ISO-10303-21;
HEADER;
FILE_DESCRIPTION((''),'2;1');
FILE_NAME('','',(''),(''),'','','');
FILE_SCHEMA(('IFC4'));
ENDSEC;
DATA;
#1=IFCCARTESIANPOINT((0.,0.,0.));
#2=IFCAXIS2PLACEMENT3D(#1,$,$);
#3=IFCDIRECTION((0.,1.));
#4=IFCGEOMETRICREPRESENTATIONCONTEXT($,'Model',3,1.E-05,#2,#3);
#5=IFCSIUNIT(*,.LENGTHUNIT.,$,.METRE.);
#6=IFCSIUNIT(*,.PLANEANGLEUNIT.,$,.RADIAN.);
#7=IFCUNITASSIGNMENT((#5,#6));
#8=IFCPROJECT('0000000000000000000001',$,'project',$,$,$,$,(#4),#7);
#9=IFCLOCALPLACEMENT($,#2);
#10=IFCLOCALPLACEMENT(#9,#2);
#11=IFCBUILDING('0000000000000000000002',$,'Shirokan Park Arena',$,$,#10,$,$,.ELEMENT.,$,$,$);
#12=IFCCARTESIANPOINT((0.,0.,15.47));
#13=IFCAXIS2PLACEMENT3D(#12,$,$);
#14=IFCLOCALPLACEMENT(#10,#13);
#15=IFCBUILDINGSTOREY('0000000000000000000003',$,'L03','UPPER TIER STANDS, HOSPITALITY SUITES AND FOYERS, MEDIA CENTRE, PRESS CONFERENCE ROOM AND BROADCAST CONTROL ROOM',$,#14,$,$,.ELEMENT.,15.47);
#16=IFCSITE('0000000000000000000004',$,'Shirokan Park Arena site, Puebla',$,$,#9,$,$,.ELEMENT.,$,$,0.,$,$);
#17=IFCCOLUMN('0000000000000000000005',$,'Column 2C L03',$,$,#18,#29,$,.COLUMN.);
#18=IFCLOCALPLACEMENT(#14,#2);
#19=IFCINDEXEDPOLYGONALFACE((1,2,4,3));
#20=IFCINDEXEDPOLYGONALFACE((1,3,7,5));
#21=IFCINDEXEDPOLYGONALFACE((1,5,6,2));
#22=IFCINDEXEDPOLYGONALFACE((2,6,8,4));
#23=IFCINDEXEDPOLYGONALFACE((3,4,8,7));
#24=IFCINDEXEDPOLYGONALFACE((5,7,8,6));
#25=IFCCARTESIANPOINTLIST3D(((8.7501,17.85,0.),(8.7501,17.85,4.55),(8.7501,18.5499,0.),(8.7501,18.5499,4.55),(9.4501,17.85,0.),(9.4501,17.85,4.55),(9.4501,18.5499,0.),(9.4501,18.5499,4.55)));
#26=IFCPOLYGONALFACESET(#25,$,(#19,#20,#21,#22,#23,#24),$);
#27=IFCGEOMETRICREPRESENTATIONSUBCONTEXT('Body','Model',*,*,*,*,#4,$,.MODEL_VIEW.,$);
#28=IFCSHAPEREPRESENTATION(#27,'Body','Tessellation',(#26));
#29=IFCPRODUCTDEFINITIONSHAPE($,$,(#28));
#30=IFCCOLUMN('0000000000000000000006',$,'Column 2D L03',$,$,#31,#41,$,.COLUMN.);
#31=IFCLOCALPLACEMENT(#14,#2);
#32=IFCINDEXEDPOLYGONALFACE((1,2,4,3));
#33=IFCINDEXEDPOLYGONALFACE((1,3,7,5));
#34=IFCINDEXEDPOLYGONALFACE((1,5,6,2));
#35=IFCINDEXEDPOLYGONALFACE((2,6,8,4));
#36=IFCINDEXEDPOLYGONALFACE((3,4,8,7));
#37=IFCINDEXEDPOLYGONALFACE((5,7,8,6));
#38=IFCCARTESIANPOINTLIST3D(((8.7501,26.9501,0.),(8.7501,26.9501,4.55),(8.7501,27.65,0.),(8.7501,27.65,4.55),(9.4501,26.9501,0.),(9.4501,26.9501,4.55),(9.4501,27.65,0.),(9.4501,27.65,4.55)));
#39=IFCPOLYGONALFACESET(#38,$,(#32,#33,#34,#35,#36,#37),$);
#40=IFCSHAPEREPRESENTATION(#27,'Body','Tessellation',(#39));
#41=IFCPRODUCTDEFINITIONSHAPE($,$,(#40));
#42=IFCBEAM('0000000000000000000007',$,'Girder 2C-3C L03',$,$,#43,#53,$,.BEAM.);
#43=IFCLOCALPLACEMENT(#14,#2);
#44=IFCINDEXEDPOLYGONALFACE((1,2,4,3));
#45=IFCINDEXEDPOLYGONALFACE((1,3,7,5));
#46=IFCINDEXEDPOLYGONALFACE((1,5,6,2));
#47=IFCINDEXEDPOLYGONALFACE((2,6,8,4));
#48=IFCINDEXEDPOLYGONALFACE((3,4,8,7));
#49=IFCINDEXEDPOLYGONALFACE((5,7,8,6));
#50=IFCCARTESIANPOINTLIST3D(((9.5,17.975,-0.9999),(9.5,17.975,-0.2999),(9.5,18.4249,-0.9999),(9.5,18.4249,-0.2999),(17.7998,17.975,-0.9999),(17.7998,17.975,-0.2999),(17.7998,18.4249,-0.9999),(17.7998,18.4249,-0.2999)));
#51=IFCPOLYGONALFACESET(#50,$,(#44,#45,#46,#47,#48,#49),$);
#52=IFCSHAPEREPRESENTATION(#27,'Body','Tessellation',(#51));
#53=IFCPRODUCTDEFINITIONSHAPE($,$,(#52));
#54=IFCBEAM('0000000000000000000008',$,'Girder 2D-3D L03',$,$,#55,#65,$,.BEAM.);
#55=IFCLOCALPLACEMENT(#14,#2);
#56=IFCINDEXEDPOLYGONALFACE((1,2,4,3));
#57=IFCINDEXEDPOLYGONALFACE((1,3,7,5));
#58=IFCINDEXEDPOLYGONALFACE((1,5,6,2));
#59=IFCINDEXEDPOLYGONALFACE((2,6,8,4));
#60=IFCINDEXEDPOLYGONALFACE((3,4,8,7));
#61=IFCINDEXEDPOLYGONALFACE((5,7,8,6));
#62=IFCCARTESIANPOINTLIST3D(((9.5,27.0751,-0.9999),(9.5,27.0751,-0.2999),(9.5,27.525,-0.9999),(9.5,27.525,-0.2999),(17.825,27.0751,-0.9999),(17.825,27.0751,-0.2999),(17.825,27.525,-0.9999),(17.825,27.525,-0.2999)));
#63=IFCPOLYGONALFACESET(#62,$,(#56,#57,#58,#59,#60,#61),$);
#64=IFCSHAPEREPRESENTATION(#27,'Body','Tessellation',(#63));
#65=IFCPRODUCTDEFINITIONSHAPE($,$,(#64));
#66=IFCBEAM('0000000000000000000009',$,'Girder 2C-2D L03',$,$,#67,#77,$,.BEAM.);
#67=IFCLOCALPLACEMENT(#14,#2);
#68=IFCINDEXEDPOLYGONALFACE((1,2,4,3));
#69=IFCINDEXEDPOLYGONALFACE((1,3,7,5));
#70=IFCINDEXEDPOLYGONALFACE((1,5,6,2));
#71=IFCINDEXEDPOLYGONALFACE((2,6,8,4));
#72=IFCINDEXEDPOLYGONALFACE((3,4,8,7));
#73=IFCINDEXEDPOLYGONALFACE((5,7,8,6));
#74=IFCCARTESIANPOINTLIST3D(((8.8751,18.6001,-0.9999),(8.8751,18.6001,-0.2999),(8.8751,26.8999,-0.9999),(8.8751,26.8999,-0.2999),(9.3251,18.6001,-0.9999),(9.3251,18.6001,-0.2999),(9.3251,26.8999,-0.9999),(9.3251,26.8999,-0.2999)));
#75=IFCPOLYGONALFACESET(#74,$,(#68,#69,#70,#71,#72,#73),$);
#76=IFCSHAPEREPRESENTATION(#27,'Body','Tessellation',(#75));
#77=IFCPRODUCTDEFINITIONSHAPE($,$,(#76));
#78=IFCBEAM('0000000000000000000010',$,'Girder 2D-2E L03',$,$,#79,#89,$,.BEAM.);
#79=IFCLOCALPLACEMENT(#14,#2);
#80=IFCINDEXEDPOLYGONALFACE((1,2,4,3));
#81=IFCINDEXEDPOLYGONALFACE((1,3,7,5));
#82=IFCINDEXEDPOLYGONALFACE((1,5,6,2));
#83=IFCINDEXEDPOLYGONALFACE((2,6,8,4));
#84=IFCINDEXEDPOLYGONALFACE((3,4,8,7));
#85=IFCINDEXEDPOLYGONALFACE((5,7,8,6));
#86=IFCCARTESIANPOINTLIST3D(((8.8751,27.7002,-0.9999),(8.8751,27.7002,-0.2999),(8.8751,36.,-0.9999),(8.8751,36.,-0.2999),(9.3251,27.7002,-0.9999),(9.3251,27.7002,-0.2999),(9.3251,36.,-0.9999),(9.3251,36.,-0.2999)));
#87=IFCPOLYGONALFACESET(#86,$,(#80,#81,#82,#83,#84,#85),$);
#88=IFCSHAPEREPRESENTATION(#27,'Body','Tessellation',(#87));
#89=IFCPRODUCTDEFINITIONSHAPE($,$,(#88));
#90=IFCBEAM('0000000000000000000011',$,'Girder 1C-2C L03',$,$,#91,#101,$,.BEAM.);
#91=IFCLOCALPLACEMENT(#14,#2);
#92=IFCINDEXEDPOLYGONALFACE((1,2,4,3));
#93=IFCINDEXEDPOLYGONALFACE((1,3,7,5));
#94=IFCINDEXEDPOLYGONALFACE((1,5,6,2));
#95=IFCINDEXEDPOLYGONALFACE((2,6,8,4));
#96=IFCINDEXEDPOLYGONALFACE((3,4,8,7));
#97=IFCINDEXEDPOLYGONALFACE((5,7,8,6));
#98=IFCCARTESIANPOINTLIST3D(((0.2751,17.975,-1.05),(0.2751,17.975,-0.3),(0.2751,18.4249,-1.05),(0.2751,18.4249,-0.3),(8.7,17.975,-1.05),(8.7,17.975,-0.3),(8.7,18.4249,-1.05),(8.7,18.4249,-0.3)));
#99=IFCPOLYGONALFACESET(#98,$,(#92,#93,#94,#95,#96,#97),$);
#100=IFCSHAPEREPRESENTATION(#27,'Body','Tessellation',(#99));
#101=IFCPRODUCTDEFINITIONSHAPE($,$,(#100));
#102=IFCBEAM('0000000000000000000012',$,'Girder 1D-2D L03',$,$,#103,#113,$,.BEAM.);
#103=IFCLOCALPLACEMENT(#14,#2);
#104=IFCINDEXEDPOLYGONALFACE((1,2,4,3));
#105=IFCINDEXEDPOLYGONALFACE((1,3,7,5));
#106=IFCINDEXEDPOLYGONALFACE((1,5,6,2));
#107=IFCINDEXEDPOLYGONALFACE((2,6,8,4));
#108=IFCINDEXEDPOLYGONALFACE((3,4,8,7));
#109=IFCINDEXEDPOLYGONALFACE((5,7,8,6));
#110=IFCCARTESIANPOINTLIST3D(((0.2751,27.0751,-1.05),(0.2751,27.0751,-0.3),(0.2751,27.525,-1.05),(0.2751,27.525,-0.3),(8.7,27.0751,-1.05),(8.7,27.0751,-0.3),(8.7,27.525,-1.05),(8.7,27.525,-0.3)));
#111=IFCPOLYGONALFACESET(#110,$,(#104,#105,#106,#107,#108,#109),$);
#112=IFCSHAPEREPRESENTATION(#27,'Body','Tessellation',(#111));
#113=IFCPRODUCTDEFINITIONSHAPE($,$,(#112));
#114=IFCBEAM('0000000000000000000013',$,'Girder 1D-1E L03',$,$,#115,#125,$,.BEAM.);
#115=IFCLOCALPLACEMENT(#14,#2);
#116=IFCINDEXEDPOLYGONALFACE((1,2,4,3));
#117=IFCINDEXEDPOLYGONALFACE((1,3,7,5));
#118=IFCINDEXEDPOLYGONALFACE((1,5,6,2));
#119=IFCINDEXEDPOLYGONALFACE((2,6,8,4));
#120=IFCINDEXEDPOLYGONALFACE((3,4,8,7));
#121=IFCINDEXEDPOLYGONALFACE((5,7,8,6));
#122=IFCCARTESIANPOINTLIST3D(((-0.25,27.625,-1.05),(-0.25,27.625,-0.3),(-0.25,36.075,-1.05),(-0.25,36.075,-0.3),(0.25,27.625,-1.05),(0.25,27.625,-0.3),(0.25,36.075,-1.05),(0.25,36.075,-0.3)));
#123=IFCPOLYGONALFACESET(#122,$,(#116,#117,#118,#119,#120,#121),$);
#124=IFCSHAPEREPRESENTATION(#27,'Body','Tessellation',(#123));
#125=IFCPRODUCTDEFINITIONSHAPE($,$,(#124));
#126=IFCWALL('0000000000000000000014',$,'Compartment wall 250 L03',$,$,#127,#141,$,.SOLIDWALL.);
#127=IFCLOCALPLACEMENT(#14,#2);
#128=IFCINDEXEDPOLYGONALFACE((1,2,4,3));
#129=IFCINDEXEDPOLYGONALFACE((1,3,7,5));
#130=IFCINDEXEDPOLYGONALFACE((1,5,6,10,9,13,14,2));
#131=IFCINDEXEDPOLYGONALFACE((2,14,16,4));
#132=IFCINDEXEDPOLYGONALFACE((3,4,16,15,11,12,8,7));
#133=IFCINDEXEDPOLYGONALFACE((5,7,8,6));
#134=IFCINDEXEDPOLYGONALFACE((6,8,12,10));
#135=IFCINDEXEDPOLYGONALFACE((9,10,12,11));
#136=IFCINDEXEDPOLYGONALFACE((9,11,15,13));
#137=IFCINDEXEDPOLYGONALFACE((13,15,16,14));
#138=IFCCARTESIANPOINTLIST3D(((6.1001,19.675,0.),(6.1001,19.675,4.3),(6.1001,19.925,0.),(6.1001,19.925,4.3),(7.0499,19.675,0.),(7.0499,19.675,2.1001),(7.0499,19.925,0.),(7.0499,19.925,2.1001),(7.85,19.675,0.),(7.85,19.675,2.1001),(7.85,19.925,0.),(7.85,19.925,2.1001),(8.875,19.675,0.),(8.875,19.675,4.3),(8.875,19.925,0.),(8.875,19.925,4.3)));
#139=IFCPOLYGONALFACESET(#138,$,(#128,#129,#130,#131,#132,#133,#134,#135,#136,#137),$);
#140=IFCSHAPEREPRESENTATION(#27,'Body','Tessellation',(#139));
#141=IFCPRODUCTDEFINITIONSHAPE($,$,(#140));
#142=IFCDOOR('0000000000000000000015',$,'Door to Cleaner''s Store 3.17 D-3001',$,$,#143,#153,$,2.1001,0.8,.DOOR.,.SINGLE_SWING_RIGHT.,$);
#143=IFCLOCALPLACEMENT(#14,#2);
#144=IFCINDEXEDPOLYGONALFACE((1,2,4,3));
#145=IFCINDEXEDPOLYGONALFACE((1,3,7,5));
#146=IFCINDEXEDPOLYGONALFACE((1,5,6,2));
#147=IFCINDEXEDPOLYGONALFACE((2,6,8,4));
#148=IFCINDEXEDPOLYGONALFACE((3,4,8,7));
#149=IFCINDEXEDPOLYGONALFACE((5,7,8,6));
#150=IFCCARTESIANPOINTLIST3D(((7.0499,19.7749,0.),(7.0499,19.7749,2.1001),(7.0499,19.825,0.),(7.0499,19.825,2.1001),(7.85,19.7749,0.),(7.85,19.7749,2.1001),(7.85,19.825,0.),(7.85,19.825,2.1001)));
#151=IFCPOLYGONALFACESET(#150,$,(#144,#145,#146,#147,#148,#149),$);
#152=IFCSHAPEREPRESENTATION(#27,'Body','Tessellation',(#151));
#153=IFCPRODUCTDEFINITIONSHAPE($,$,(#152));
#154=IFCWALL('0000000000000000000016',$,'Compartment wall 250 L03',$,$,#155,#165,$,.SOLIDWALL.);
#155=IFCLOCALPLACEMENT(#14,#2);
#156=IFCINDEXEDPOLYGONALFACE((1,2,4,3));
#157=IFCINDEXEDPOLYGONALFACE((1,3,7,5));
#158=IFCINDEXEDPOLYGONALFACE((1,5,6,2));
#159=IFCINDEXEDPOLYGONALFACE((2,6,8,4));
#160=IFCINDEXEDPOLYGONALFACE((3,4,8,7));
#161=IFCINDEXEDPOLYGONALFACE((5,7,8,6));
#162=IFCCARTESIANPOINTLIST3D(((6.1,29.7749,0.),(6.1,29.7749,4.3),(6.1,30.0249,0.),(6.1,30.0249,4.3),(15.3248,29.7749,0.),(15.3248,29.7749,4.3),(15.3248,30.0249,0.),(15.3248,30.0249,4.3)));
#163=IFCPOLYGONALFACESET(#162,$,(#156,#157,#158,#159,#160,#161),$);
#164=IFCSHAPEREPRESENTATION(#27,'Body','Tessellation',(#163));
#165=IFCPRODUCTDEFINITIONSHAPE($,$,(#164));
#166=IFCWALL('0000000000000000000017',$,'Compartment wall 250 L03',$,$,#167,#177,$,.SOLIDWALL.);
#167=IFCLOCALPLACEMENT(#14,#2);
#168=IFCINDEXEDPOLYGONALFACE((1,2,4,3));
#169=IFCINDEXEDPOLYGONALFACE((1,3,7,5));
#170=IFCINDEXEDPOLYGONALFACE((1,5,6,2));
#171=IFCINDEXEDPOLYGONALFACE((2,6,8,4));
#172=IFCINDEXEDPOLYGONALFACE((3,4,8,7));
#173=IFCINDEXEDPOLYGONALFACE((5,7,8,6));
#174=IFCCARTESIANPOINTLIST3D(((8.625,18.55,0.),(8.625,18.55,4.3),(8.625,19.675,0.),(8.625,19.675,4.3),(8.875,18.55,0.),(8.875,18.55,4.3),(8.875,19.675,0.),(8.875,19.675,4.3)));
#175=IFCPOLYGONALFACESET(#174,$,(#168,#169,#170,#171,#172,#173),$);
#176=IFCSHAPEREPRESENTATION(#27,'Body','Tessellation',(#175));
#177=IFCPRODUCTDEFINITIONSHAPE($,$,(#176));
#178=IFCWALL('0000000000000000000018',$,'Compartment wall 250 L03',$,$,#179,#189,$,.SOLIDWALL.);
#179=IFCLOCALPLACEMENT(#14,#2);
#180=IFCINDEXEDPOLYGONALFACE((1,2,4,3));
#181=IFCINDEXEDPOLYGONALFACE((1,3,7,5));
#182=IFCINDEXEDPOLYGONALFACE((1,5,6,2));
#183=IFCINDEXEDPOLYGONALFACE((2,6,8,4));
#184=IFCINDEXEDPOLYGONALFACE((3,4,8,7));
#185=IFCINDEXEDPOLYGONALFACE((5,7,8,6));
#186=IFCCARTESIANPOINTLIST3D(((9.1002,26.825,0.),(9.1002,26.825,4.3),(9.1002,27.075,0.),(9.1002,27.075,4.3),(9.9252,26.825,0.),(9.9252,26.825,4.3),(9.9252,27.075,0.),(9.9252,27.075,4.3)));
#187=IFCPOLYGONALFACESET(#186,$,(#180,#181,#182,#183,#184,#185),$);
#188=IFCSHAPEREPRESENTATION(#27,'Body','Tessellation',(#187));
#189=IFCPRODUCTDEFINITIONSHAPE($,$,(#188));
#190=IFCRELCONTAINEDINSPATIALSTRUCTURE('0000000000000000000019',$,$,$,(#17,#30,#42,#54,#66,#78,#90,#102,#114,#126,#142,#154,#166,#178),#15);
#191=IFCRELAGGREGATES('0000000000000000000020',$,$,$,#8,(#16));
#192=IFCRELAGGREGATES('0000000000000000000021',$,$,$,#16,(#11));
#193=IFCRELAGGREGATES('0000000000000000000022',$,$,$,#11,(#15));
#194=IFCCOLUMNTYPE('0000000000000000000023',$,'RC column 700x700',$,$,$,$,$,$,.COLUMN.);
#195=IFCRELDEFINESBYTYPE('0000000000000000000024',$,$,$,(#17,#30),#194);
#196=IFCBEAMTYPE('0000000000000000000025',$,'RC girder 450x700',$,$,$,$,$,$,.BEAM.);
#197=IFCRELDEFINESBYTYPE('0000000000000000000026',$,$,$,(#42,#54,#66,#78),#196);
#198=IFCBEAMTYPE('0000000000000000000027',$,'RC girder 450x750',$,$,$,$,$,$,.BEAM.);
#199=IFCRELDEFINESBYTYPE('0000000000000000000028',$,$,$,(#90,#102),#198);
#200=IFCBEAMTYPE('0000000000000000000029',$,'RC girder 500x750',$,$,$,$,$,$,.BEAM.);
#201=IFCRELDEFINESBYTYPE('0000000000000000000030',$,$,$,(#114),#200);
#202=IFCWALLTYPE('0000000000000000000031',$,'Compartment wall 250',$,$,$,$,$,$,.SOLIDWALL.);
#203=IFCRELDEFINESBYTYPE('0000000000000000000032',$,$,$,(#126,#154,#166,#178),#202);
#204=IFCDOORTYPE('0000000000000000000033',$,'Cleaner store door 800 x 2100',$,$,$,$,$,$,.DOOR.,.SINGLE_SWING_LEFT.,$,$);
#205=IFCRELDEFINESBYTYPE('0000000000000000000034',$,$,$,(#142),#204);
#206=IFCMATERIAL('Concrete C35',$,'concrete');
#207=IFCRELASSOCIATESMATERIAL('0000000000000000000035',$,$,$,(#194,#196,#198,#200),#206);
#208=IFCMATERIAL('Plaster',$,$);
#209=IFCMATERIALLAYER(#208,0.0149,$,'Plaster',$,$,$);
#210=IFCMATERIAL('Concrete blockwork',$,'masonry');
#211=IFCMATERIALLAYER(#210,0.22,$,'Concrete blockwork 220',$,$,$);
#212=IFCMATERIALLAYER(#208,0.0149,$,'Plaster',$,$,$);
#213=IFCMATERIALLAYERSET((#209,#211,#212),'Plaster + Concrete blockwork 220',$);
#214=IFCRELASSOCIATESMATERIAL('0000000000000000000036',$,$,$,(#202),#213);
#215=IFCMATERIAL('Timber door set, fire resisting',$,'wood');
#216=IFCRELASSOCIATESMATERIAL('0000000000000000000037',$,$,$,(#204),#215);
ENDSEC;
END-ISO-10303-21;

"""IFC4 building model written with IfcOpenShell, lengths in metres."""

from ifc_helpers import new_model, si_unit, direction, frame, frame_2d, origin, origin_2d, place, context, subcontext, project, spatial, rectangle, extrude, material, layer, layer_set, material_profile, profile_set, type_object, element, fill, save


model = new_model("IFC4")

# Units and contexts
model_context = context("Model", 3, precision=1e-05, world=origin(), true_north=direction((0.0, 1.0)))
body_context = subcontext(model_context, "Body", "Model", "MODEL_VIEW")
ifc_project = project(units=[si_unit("LENGTHUNIT", "METRE"), si_unit("PLANEANGLEUNIT", "RADIAN")], contexts=[model_context])

# Site, building, storey
site_placement = place(None, origin())
site = spatial("IfcSite", under=ifc_project, at=site_placement, Name="Shirokan Park Arena site, Puebla", CompositionType="ELEMENT", RefElevation=0.0)
building_placement = place(site_placement, origin())
building = spatial("IfcBuilding", under=site, at=building_placement, Name="Shirokan Park Arena", CompositionType="ELEMENT")
storey_placement = place(building_placement, frame((0.0, 0.0, 15.47)))
storey = spatial("IfcBuildingStorey", under=building, at=storey_placement, Name="L03", Description="UPPER TIER STANDS, HOSPITALITY SUITES AND FOYERS, MEDIA CENTRE, PRESS CONFERENCE ROOM AND BROADCAST CONTROL ROOM", CompositionType="ELEMENT", Elevation=15.47)

# Columns
ifc_material_1 = material(Name="Concrete C35", Category="concrete")
ifc_material_profile_1 = material_profile(ifc_material_1, rectangle(XDim=0.7, YDim=0.7, at=origin_2d()), Name="700x700")
ifc_profile_set_1 = profile_set([ifc_material_profile_1], Name="Concrete C35")
column_type = type_object("IfcColumnType", Name="RC column 700x700", PredefinedType="COLUMN", material=ifc_profile_set_1)
for number, where, z_axis, x_axis, name in (
    (1, (9.1001, 18.2, 0.0), (0.0, 0.0, 1.0), (1.0, 0.0, 0.0), "Column 2C L03"),
    (2, (9.1001, 27.3, 0.0), (0.0, 0.0, 1.0), (1.0, 0.0, 0.0), "Column 2D L03"),
):
    element("IfcColumn", number, at=place(storey_placement, frame(where, z_axis=z_axis, x_axis=x_axis)), inside=storey, type_object=column_type, Name=name, PredefinedType="COLUMN", context=body_context, shape_type="SweptSolid", body=[
        extrude(rectangle(XDim=0.7, YDim=0.7, at=origin_2d()), origin(), (0.0, 0.0, 1.0), 4.55),
    ])

# Beams
ifc_material_profile_2 = material_profile(ifc_material_1, rectangle(XDim=0.45, YDim=0.7, at=origin_2d()), Name="450x700")
ifc_profile_set_2 = profile_set([ifc_material_profile_2], Name="Concrete C35")
beam_type_1 = type_object("IfcBeamType", Name="RC girder 450x700", PredefinedType="BEAM", material=ifc_profile_set_2)
beam_1_placement = place(storey_placement, frame((9.5, 18.2, -0.6499), z_axis=(1.0, 0.0, 0.0), x_axis=(0.0, 1.0, 0.0)))
element("IfcBeam", 3, at=beam_1_placement, inside=storey, type_object=beam_type_1, Name="Girder 2C-3C L03", PredefinedType="BEAM", context=body_context, shape_type="SweptSolid", body=[
    extrude(rectangle(XDim=0.45, YDim=0.7, at=origin_2d()), origin(), (0.0, 0.0, 1.0), 8.2998),
])
beam_2_placement = place(storey_placement, frame((9.5, 27.3, -0.6499), z_axis=(1.0, 0.0, 0.0), x_axis=(0.0, 1.0, 0.0)))
element("IfcBeam", 4, at=beam_2_placement, inside=storey, type_object=beam_type_1, Name="Girder 2D-3D L03", PredefinedType="BEAM", context=body_context, shape_type="SweptSolid", body=[
    extrude(rectangle(XDim=0.45, YDim=0.7, at=origin_2d()), origin(), (0.0, 0.0, 1.0), 8.325),
])
for number, where, z_axis, x_axis, name in (
    (5, (9.1001, 18.6001, -0.6499), (0.0, 1.0, 0.0), (-1.0, 0.0, 0.0), "Girder 2C-2D L03"),
    (6, (9.1001, 27.7002, -0.6499), (0.0, 1.0, 0.0), (-1.0, 0.0, 0.0), "Girder 2D-2E L03"),
):
    element("IfcBeam", number, at=place(storey_placement, frame(where, z_axis=z_axis, x_axis=x_axis)), inside=storey, type_object=beam_type_1, Name=name, PredefinedType="BEAM", context=body_context, shape_type="SweptSolid", body=[
        extrude(rectangle(XDim=0.45, YDim=0.7, at=origin_2d()), origin(), (0.0, 0.0, 1.0), 8.2998),
    ])
ifc_material_profile_3 = material_profile(ifc_material_1, rectangle(XDim=0.45, YDim=0.75, at=origin_2d()), Name="450x750")
ifc_profile_set_3 = profile_set([ifc_material_profile_3], Name="Concrete C35")
beam_type_2 = type_object("IfcBeamType", Name="RC girder 450x750", PredefinedType="BEAM", material=ifc_profile_set_3)
for number, where, z_axis, x_axis, name in (
    (7, (0.2751, 18.2, -0.675), (1.0, 0.0, 0.0), (0.0, 1.0, 0.0), "Girder 1C-2C L03"),
    (8, (0.2751, 27.3, -0.675), (1.0, 0.0, 0.0), (0.0, 1.0, 0.0), "Girder 1D-2D L03"),
):
    element("IfcBeam", number, at=place(storey_placement, frame(where, z_axis=z_axis, x_axis=x_axis)), inside=storey, type_object=beam_type_2, Name=name, PredefinedType="BEAM", context=body_context, shape_type="SweptSolid", body=[
        extrude(rectangle(XDim=0.45, YDim=0.75, at=origin_2d()), origin(), (0.0, 0.0, 1.0), 8.4248),
    ])
ifc_material_profile_4 = material_profile(ifc_material_1, rectangle(XDim=0.5, YDim=0.75, at=origin_2d()), Name="500x750")
ifc_profile_set_4 = profile_set([ifc_material_profile_4], Name="Concrete C35")
beam_type_3 = type_object("IfcBeamType", Name="RC girder 500x750", PredefinedType="BEAM", material=ifc_profile_set_4)
beam_3_placement = place(storey_placement, frame((0.0, 27.625, -0.675), z_axis=(0.0, 1.0, 0.0), x_axis=(-1.0, 0.0, 0.0)))
element("IfcBeam", 9, at=beam_3_placement, inside=storey, type_object=beam_type_3, Name="Girder 1D-1E L03", PredefinedType="BEAM", context=body_context, shape_type="SweptSolid", body=[
    extrude(rectangle(XDim=0.5, YDim=0.75, at=origin_2d()), origin(), (0.0, 0.0, 1.0), 8.45),
])

# Wall, opening, door
ifc_material_2 = material(Name="Plaster")
ifc_layer_1 = layer(ifc_material_2, 0.0149, Name="Plaster")
ifc_material_3 = material(Name="Concrete blockwork", Category="masonry")
ifc_layer_2 = layer(ifc_material_3, 0.22, Name="Concrete blockwork 220")
ifc_layer_3 = layer(ifc_material_2, 0.0149, Name="Plaster")
ifc_layer_set_1 = layer_set([ifc_layer_1, ifc_layer_2, ifc_layer_3], Name="Plaster + Concrete blockwork 220")
wall_type_1 = type_object("IfcWallType", Name="Compartment wall 250", PredefinedType="SOLIDWALL", material=ifc_layer_set_1)
wall_1_placement = place(storey_placement, frame((6.1001, 19.8, 0.0), z_axis=(0.0, 0.0, 1.0), x_axis=(1.0, 0.0, 0.0)))
wall_1 = element("IfcWall", 10, at=wall_1_placement, inside=storey, type_object=wall_type_1, Name="Compartment wall 250 L03", PredefinedType="SOLIDWALL", context=body_context, shape_type="SweptSolid", body=[
    extrude(rectangle(XDim=2.7749, YDim=0.25, at=frame_2d((1.3875, 0.0))), origin(), (0.0, 0.0, 1.0), 4.3),
])
opening_1_placement = place(wall_1_placement, frame((0.95, 0.0, 0.0)))
opening_1 = element("IfcOpeningElement", 11, at=opening_1_placement, cuts=wall_1, PredefinedType="OPENING", context=body_context, shape_type="SweptSolid", body=[
    extrude(rectangle(XDim=0.8, YDim=2.1001, at=frame_2d((0.3999, 1.05))), frame((0.0, 0.135, 0.0), z_axis=(0.0, -1.0, 0.0), x_axis=(1.0, 0.0, 0.0)), (0.0, 0.0, 1.0), 0.27),
])
ifc_material_4 = material(Name="Timber door set, fire resisting", Category="wood")
door_type_1 = type_object("IfcDoorType", Name="Cleaner store door 800 x 2100", OperationType="SINGLE_SWING_LEFT", PredefinedType="DOOR", material=ifc_material_4)
door_1_placement = place(opening_1_placement, origin())
door_1 = element("IfcDoor", 12, at=door_1_placement, inside=storey, type_object=door_type_1, Name="Door to Cleaner's Store 3.17 D-3001", OperationType="SINGLE_SWING_RIGHT", OverallHeight=2.1001, OverallWidth=0.8, PredefinedType="DOOR", context=body_context, shape_type="SweptSolid", body=[
    extrude(rectangle(XDim=0.8, YDim=2.1001, at=frame_2d((0.3999, 1.05))), frame((0.0, 0.0249, 0.0), z_axis=(0.0, -1.0, 0.0), x_axis=(1.0, 0.0, 0.0)), (0.0, 0.0, 1.0), 0.05),
])
fill(opening_1, door_1)

# Walls
wall_2_placement = place(storey_placement, frame((6.1001, 29.8999, 0.0), z_axis=(0.0, 0.0, 1.0), x_axis=(1.0, 0.0, 0.0)))
element("IfcWall", 13, at=wall_2_placement, inside=storey, type_object=wall_type_1, Name="Compartment wall 250 L03", PredefinedType="SOLIDWALL", context=body_context, shape_type="SweptSolid", body=[
    extrude(rectangle(XDim=9.2249, YDim=0.25, at=frame_2d((4.6123, 0.0))), origin(), (0.0, 0.0, 1.0), 4.3),
])
wall_3_placement = place(storey_placement, frame((8.75, 19.675, 0.0), z_axis=(0.0, 0.0, 1.0), x_axis=(0.0, -1.0, 0.0)))
element("IfcWall", 14, at=wall_3_placement, inside=storey, type_object=wall_type_1, Name="Compartment wall 250 L03", PredefinedType="SOLIDWALL", context=body_context, shape_type="SweptSolid", body=[
    extrude(rectangle(XDim=1.125, YDim=0.25, at=frame_2d((0.5625, 0.0))), origin(), (0.0, 0.0, 1.0), 4.3),
])
wall_4_placement = place(storey_placement, frame((9.1001, 26.95, 0.0), z_axis=(0.0, 0.0, 1.0), x_axis=(1.0, 0.0, 0.0)))
element("IfcWall", 15, at=wall_4_placement, inside=storey, type_object=wall_type_1, Name="Compartment wall 250 L03", PredefinedType="SOLIDWALL", context=body_context, shape_type="SweptSolid", body=[
    extrude(rectangle(XDim=0.825, YDim=0.25, at=frame_2d((0.4126, 0.0))), origin(), (0.0, 0.0, 1.0), 4.3),
])

save(model, "model.ifc")
